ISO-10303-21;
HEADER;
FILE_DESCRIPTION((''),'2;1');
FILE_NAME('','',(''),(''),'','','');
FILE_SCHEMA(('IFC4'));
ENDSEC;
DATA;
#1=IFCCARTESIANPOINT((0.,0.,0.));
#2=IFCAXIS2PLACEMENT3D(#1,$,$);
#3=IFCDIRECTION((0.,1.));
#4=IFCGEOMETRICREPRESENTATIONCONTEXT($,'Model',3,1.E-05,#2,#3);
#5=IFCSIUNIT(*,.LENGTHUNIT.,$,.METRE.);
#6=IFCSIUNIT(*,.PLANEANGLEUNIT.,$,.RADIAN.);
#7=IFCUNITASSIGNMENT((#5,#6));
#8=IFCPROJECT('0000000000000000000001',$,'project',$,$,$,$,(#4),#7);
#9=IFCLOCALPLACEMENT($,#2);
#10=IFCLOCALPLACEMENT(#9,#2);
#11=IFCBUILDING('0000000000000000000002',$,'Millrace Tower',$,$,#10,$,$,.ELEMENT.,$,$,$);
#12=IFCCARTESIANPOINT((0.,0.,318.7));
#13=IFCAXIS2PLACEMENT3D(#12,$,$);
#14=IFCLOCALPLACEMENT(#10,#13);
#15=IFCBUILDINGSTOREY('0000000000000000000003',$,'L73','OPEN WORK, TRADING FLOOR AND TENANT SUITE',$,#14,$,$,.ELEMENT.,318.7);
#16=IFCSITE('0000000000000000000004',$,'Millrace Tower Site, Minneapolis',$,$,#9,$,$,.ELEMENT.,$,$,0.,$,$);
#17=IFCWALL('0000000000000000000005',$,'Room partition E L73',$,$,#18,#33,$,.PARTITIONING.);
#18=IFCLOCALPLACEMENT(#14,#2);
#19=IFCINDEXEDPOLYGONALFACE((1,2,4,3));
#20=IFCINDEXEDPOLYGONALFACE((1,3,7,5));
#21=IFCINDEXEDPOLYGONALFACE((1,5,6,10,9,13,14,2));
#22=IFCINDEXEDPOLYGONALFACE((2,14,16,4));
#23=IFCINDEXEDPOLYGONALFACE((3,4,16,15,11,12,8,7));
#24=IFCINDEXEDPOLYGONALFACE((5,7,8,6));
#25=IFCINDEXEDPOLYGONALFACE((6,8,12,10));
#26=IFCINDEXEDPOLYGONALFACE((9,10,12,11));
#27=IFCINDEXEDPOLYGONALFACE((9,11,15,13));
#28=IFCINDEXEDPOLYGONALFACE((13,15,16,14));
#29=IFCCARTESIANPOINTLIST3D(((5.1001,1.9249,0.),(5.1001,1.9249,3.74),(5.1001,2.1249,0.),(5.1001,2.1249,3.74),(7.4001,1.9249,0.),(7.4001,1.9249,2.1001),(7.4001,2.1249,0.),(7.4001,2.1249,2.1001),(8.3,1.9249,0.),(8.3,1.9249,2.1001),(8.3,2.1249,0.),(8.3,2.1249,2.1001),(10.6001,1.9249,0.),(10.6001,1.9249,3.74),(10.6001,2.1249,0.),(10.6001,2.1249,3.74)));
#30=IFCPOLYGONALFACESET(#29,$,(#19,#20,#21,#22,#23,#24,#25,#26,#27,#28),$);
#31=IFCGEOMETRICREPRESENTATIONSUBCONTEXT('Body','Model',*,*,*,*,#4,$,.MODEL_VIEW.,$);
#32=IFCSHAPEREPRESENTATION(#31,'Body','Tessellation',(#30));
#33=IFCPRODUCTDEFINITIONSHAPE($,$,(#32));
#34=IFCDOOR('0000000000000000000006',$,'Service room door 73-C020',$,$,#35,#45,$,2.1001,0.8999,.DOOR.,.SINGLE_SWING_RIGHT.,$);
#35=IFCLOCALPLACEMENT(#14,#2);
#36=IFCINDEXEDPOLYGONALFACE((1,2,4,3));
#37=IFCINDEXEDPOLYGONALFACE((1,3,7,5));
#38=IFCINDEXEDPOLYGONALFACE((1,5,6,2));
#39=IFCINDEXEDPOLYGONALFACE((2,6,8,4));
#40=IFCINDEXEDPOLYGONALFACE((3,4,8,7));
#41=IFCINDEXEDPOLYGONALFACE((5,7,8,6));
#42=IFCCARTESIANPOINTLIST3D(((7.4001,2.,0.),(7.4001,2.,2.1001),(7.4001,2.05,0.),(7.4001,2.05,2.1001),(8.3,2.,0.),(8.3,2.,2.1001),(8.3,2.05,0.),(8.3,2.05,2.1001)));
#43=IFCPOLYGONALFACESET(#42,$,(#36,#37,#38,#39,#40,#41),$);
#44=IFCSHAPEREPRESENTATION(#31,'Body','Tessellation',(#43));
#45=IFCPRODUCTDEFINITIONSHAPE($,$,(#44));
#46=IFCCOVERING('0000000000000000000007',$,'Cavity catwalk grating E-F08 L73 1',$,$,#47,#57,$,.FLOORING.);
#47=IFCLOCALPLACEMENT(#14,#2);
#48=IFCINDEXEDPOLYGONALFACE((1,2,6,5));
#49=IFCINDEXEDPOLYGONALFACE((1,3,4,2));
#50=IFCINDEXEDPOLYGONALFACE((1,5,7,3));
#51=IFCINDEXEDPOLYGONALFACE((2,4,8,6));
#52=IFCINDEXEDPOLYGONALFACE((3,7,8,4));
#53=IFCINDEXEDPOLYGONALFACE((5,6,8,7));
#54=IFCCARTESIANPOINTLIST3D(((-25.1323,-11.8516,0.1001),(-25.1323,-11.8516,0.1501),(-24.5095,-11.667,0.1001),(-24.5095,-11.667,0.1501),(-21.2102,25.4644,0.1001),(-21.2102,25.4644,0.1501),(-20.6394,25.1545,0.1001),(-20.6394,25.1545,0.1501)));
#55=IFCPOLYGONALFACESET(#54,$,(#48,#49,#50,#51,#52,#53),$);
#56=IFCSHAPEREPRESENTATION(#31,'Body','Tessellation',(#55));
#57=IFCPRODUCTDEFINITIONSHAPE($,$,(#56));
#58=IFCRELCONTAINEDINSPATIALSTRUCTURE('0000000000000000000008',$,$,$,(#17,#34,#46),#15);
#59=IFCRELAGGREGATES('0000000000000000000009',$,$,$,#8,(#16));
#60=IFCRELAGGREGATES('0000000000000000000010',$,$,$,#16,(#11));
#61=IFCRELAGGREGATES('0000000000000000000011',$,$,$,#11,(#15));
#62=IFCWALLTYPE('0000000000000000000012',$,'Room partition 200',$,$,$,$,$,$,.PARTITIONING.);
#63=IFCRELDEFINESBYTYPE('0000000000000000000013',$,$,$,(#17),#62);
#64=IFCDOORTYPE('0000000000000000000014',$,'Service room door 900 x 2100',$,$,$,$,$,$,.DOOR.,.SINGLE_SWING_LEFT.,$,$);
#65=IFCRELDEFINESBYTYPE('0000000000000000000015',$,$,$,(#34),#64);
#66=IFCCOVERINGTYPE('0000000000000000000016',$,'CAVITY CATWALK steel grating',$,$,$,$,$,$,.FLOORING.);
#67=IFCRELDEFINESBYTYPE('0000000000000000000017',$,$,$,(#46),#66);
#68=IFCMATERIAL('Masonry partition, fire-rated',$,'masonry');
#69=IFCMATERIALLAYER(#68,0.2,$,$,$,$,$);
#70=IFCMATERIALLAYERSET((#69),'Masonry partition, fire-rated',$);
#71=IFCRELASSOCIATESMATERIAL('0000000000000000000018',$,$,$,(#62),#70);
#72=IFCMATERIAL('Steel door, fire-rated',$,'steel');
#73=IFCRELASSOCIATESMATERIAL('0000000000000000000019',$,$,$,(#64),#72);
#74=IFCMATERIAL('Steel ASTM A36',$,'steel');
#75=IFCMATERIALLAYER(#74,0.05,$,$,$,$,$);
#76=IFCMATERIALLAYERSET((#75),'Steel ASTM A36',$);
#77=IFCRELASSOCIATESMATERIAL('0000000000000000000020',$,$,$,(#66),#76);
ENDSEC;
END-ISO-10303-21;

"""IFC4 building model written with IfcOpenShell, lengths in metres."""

from ifc_helpers import new_model, si_unit, direction, frame, frame_2d, origin, place, context, subcontext, project, spatial, polyline, rectangle, outline, extrude, material, layer, layer_set, type_object, element, fill, save


model = new_model("IFC4")

# Units and contexts
model_context = context("Model", 3, precision=1e-05, world=origin(), true_north=direction((0.0, 1.0)))
body_context = subcontext(model_context, "Body", "Model", "MODEL_VIEW")
ifc_project = project(units=[si_unit("LENGTHUNIT", "METRE"), si_unit("PLANEANGLEUNIT", "RADIAN")], contexts=[model_context])

# Site, building, storey
site_placement = place(None, origin())
site = spatial("IfcSite", under=ifc_project, at=site_placement, Name="Millrace Tower Site, Minneapolis", CompositionType="ELEMENT", RefElevation=0.0)
building_placement = place(site_placement, origin())
building = spatial("IfcBuilding", under=site, at=building_placement, Name="Millrace Tower", CompositionType="ELEMENT")
storey_placement = place(building_placement, frame((0.0, 0.0, 318.7)))
storey = spatial("IfcBuildingStorey", under=building, at=storey_placement, Name="L73", Description="OPEN WORK, TRADING FLOOR AND TENANT SUITE", CompositionType="ELEMENT", Elevation=318.7)

# Shared definitions
ifc_material_1 = material(Name="Masonry partition, fire-rated", Category="masonry")
ifc_layer_1 = layer(ifc_material_1, 0.2)
ifc_layer_set_1 = layer_set([ifc_layer_1], Name="Masonry partition, fire-rated")
wall_type_1 = type_object("IfcWallType", Name="Room partition 200", PredefinedType="PARTITIONING", material=ifc_layer_set_1)

# Wall, opening, door
wall_1_placement = place(storey_placement, frame((10.6001, 2.0249, 0.0), z_axis=(0.0, 0.0, 1.0), x_axis=(-1.0, 0.0, 0.0)))
wall_1 = element("IfcWall", 1, at=wall_1_placement, inside=storey, type_object=wall_type_1, Name="Room partition E L73", PredefinedType="PARTITIONING", context=body_context, shape_type="SweptSolid", body=[
    extrude(rectangle(XDim=5.5, YDim=0.2, at=frame_2d((2.75, 0.0))), origin(), (0.0, 0.0, 1.0), 3.74),
])
opening_1_placement = place(wall_1_placement, frame((2.3, 0.0, 0.0)))
opening_1 = element("IfcOpeningElement", 2, at=opening_1_placement, cuts=wall_1, PredefinedType="OPENING", context=body_context, shape_type="SweptSolid", body=[
    extrude(rectangle(XDim=0.8999, YDim=2.1001, at=frame_2d((0.45, 1.05))), frame((0.0, 0.1099, 0.0), z_axis=(0.0, -1.0, 0.0), x_axis=(1.0, 0.0, 0.0)), (0.0, 0.0, 1.0), 0.22),
])
ifc_material_2 = material(Name="Steel door, fire-rated", Category="steel")
door_type_1 = type_object("IfcDoorType", Name="Service room door 900 x 2100", OperationType="SINGLE_SWING_LEFT", PredefinedType="DOOR", material=ifc_material_2)
door_1_placement = place(opening_1_placement, origin())
door_1 = element("IfcDoor", 3, at=door_1_placement, inside=storey, type_object=door_type_1, Name="Service room door 73-C020", OperationType="SINGLE_SWING_RIGHT", OverallHeight=2.1001, OverallWidth=0.8999, PredefinedType="DOOR", context=body_context, shape_type="SweptSolid", body=[
    extrude(rectangle(XDim=0.8999, YDim=2.1001, at=frame_2d((0.45, 1.05))), frame((0.0, 0.0249, 0.0), z_axis=(0.0, -1.0, 0.0), x_axis=(1.0, 0.0, 0.0)), (0.0, 0.0, 1.0), 0.05),
])
fill(opening_1, door_1)

# Covering
ifc_material_3 = material(Name="Steel ASTM A36", Category="steel")
ifc_layer_2 = layer(ifc_material_3, 0.05)
ifc_layer_set_2 = layer_set([ifc_layer_2], Name="Steel ASTM A36")
covering_type = type_object("IfcCoveringType", Name="CAVITY CATWALK steel grating", PredefinedType="FLOORING", material=ifc_layer_set_2)
covering_placement = place(storey_placement, frame((0.0, 0.0, 0.1001)))
element("IfcCovering", 4, at=covering_placement, inside=storey, type_object=covering_type, Name="Cavity catwalk grating E-F08 L73 1", PredefinedType="FLOORING", context=body_context, shape_type="SweptSolid", body=[
    extrude(outline(polyline([(-21.2102, 25.4644), (-25.1323, -11.8516), (-24.5095, -11.667), (-20.6394, 25.1545), (-21.2102, 25.4644)])), origin(), (0.0, 0.0, 1.0), 0.05),
])

save(model, "model.ifc")
